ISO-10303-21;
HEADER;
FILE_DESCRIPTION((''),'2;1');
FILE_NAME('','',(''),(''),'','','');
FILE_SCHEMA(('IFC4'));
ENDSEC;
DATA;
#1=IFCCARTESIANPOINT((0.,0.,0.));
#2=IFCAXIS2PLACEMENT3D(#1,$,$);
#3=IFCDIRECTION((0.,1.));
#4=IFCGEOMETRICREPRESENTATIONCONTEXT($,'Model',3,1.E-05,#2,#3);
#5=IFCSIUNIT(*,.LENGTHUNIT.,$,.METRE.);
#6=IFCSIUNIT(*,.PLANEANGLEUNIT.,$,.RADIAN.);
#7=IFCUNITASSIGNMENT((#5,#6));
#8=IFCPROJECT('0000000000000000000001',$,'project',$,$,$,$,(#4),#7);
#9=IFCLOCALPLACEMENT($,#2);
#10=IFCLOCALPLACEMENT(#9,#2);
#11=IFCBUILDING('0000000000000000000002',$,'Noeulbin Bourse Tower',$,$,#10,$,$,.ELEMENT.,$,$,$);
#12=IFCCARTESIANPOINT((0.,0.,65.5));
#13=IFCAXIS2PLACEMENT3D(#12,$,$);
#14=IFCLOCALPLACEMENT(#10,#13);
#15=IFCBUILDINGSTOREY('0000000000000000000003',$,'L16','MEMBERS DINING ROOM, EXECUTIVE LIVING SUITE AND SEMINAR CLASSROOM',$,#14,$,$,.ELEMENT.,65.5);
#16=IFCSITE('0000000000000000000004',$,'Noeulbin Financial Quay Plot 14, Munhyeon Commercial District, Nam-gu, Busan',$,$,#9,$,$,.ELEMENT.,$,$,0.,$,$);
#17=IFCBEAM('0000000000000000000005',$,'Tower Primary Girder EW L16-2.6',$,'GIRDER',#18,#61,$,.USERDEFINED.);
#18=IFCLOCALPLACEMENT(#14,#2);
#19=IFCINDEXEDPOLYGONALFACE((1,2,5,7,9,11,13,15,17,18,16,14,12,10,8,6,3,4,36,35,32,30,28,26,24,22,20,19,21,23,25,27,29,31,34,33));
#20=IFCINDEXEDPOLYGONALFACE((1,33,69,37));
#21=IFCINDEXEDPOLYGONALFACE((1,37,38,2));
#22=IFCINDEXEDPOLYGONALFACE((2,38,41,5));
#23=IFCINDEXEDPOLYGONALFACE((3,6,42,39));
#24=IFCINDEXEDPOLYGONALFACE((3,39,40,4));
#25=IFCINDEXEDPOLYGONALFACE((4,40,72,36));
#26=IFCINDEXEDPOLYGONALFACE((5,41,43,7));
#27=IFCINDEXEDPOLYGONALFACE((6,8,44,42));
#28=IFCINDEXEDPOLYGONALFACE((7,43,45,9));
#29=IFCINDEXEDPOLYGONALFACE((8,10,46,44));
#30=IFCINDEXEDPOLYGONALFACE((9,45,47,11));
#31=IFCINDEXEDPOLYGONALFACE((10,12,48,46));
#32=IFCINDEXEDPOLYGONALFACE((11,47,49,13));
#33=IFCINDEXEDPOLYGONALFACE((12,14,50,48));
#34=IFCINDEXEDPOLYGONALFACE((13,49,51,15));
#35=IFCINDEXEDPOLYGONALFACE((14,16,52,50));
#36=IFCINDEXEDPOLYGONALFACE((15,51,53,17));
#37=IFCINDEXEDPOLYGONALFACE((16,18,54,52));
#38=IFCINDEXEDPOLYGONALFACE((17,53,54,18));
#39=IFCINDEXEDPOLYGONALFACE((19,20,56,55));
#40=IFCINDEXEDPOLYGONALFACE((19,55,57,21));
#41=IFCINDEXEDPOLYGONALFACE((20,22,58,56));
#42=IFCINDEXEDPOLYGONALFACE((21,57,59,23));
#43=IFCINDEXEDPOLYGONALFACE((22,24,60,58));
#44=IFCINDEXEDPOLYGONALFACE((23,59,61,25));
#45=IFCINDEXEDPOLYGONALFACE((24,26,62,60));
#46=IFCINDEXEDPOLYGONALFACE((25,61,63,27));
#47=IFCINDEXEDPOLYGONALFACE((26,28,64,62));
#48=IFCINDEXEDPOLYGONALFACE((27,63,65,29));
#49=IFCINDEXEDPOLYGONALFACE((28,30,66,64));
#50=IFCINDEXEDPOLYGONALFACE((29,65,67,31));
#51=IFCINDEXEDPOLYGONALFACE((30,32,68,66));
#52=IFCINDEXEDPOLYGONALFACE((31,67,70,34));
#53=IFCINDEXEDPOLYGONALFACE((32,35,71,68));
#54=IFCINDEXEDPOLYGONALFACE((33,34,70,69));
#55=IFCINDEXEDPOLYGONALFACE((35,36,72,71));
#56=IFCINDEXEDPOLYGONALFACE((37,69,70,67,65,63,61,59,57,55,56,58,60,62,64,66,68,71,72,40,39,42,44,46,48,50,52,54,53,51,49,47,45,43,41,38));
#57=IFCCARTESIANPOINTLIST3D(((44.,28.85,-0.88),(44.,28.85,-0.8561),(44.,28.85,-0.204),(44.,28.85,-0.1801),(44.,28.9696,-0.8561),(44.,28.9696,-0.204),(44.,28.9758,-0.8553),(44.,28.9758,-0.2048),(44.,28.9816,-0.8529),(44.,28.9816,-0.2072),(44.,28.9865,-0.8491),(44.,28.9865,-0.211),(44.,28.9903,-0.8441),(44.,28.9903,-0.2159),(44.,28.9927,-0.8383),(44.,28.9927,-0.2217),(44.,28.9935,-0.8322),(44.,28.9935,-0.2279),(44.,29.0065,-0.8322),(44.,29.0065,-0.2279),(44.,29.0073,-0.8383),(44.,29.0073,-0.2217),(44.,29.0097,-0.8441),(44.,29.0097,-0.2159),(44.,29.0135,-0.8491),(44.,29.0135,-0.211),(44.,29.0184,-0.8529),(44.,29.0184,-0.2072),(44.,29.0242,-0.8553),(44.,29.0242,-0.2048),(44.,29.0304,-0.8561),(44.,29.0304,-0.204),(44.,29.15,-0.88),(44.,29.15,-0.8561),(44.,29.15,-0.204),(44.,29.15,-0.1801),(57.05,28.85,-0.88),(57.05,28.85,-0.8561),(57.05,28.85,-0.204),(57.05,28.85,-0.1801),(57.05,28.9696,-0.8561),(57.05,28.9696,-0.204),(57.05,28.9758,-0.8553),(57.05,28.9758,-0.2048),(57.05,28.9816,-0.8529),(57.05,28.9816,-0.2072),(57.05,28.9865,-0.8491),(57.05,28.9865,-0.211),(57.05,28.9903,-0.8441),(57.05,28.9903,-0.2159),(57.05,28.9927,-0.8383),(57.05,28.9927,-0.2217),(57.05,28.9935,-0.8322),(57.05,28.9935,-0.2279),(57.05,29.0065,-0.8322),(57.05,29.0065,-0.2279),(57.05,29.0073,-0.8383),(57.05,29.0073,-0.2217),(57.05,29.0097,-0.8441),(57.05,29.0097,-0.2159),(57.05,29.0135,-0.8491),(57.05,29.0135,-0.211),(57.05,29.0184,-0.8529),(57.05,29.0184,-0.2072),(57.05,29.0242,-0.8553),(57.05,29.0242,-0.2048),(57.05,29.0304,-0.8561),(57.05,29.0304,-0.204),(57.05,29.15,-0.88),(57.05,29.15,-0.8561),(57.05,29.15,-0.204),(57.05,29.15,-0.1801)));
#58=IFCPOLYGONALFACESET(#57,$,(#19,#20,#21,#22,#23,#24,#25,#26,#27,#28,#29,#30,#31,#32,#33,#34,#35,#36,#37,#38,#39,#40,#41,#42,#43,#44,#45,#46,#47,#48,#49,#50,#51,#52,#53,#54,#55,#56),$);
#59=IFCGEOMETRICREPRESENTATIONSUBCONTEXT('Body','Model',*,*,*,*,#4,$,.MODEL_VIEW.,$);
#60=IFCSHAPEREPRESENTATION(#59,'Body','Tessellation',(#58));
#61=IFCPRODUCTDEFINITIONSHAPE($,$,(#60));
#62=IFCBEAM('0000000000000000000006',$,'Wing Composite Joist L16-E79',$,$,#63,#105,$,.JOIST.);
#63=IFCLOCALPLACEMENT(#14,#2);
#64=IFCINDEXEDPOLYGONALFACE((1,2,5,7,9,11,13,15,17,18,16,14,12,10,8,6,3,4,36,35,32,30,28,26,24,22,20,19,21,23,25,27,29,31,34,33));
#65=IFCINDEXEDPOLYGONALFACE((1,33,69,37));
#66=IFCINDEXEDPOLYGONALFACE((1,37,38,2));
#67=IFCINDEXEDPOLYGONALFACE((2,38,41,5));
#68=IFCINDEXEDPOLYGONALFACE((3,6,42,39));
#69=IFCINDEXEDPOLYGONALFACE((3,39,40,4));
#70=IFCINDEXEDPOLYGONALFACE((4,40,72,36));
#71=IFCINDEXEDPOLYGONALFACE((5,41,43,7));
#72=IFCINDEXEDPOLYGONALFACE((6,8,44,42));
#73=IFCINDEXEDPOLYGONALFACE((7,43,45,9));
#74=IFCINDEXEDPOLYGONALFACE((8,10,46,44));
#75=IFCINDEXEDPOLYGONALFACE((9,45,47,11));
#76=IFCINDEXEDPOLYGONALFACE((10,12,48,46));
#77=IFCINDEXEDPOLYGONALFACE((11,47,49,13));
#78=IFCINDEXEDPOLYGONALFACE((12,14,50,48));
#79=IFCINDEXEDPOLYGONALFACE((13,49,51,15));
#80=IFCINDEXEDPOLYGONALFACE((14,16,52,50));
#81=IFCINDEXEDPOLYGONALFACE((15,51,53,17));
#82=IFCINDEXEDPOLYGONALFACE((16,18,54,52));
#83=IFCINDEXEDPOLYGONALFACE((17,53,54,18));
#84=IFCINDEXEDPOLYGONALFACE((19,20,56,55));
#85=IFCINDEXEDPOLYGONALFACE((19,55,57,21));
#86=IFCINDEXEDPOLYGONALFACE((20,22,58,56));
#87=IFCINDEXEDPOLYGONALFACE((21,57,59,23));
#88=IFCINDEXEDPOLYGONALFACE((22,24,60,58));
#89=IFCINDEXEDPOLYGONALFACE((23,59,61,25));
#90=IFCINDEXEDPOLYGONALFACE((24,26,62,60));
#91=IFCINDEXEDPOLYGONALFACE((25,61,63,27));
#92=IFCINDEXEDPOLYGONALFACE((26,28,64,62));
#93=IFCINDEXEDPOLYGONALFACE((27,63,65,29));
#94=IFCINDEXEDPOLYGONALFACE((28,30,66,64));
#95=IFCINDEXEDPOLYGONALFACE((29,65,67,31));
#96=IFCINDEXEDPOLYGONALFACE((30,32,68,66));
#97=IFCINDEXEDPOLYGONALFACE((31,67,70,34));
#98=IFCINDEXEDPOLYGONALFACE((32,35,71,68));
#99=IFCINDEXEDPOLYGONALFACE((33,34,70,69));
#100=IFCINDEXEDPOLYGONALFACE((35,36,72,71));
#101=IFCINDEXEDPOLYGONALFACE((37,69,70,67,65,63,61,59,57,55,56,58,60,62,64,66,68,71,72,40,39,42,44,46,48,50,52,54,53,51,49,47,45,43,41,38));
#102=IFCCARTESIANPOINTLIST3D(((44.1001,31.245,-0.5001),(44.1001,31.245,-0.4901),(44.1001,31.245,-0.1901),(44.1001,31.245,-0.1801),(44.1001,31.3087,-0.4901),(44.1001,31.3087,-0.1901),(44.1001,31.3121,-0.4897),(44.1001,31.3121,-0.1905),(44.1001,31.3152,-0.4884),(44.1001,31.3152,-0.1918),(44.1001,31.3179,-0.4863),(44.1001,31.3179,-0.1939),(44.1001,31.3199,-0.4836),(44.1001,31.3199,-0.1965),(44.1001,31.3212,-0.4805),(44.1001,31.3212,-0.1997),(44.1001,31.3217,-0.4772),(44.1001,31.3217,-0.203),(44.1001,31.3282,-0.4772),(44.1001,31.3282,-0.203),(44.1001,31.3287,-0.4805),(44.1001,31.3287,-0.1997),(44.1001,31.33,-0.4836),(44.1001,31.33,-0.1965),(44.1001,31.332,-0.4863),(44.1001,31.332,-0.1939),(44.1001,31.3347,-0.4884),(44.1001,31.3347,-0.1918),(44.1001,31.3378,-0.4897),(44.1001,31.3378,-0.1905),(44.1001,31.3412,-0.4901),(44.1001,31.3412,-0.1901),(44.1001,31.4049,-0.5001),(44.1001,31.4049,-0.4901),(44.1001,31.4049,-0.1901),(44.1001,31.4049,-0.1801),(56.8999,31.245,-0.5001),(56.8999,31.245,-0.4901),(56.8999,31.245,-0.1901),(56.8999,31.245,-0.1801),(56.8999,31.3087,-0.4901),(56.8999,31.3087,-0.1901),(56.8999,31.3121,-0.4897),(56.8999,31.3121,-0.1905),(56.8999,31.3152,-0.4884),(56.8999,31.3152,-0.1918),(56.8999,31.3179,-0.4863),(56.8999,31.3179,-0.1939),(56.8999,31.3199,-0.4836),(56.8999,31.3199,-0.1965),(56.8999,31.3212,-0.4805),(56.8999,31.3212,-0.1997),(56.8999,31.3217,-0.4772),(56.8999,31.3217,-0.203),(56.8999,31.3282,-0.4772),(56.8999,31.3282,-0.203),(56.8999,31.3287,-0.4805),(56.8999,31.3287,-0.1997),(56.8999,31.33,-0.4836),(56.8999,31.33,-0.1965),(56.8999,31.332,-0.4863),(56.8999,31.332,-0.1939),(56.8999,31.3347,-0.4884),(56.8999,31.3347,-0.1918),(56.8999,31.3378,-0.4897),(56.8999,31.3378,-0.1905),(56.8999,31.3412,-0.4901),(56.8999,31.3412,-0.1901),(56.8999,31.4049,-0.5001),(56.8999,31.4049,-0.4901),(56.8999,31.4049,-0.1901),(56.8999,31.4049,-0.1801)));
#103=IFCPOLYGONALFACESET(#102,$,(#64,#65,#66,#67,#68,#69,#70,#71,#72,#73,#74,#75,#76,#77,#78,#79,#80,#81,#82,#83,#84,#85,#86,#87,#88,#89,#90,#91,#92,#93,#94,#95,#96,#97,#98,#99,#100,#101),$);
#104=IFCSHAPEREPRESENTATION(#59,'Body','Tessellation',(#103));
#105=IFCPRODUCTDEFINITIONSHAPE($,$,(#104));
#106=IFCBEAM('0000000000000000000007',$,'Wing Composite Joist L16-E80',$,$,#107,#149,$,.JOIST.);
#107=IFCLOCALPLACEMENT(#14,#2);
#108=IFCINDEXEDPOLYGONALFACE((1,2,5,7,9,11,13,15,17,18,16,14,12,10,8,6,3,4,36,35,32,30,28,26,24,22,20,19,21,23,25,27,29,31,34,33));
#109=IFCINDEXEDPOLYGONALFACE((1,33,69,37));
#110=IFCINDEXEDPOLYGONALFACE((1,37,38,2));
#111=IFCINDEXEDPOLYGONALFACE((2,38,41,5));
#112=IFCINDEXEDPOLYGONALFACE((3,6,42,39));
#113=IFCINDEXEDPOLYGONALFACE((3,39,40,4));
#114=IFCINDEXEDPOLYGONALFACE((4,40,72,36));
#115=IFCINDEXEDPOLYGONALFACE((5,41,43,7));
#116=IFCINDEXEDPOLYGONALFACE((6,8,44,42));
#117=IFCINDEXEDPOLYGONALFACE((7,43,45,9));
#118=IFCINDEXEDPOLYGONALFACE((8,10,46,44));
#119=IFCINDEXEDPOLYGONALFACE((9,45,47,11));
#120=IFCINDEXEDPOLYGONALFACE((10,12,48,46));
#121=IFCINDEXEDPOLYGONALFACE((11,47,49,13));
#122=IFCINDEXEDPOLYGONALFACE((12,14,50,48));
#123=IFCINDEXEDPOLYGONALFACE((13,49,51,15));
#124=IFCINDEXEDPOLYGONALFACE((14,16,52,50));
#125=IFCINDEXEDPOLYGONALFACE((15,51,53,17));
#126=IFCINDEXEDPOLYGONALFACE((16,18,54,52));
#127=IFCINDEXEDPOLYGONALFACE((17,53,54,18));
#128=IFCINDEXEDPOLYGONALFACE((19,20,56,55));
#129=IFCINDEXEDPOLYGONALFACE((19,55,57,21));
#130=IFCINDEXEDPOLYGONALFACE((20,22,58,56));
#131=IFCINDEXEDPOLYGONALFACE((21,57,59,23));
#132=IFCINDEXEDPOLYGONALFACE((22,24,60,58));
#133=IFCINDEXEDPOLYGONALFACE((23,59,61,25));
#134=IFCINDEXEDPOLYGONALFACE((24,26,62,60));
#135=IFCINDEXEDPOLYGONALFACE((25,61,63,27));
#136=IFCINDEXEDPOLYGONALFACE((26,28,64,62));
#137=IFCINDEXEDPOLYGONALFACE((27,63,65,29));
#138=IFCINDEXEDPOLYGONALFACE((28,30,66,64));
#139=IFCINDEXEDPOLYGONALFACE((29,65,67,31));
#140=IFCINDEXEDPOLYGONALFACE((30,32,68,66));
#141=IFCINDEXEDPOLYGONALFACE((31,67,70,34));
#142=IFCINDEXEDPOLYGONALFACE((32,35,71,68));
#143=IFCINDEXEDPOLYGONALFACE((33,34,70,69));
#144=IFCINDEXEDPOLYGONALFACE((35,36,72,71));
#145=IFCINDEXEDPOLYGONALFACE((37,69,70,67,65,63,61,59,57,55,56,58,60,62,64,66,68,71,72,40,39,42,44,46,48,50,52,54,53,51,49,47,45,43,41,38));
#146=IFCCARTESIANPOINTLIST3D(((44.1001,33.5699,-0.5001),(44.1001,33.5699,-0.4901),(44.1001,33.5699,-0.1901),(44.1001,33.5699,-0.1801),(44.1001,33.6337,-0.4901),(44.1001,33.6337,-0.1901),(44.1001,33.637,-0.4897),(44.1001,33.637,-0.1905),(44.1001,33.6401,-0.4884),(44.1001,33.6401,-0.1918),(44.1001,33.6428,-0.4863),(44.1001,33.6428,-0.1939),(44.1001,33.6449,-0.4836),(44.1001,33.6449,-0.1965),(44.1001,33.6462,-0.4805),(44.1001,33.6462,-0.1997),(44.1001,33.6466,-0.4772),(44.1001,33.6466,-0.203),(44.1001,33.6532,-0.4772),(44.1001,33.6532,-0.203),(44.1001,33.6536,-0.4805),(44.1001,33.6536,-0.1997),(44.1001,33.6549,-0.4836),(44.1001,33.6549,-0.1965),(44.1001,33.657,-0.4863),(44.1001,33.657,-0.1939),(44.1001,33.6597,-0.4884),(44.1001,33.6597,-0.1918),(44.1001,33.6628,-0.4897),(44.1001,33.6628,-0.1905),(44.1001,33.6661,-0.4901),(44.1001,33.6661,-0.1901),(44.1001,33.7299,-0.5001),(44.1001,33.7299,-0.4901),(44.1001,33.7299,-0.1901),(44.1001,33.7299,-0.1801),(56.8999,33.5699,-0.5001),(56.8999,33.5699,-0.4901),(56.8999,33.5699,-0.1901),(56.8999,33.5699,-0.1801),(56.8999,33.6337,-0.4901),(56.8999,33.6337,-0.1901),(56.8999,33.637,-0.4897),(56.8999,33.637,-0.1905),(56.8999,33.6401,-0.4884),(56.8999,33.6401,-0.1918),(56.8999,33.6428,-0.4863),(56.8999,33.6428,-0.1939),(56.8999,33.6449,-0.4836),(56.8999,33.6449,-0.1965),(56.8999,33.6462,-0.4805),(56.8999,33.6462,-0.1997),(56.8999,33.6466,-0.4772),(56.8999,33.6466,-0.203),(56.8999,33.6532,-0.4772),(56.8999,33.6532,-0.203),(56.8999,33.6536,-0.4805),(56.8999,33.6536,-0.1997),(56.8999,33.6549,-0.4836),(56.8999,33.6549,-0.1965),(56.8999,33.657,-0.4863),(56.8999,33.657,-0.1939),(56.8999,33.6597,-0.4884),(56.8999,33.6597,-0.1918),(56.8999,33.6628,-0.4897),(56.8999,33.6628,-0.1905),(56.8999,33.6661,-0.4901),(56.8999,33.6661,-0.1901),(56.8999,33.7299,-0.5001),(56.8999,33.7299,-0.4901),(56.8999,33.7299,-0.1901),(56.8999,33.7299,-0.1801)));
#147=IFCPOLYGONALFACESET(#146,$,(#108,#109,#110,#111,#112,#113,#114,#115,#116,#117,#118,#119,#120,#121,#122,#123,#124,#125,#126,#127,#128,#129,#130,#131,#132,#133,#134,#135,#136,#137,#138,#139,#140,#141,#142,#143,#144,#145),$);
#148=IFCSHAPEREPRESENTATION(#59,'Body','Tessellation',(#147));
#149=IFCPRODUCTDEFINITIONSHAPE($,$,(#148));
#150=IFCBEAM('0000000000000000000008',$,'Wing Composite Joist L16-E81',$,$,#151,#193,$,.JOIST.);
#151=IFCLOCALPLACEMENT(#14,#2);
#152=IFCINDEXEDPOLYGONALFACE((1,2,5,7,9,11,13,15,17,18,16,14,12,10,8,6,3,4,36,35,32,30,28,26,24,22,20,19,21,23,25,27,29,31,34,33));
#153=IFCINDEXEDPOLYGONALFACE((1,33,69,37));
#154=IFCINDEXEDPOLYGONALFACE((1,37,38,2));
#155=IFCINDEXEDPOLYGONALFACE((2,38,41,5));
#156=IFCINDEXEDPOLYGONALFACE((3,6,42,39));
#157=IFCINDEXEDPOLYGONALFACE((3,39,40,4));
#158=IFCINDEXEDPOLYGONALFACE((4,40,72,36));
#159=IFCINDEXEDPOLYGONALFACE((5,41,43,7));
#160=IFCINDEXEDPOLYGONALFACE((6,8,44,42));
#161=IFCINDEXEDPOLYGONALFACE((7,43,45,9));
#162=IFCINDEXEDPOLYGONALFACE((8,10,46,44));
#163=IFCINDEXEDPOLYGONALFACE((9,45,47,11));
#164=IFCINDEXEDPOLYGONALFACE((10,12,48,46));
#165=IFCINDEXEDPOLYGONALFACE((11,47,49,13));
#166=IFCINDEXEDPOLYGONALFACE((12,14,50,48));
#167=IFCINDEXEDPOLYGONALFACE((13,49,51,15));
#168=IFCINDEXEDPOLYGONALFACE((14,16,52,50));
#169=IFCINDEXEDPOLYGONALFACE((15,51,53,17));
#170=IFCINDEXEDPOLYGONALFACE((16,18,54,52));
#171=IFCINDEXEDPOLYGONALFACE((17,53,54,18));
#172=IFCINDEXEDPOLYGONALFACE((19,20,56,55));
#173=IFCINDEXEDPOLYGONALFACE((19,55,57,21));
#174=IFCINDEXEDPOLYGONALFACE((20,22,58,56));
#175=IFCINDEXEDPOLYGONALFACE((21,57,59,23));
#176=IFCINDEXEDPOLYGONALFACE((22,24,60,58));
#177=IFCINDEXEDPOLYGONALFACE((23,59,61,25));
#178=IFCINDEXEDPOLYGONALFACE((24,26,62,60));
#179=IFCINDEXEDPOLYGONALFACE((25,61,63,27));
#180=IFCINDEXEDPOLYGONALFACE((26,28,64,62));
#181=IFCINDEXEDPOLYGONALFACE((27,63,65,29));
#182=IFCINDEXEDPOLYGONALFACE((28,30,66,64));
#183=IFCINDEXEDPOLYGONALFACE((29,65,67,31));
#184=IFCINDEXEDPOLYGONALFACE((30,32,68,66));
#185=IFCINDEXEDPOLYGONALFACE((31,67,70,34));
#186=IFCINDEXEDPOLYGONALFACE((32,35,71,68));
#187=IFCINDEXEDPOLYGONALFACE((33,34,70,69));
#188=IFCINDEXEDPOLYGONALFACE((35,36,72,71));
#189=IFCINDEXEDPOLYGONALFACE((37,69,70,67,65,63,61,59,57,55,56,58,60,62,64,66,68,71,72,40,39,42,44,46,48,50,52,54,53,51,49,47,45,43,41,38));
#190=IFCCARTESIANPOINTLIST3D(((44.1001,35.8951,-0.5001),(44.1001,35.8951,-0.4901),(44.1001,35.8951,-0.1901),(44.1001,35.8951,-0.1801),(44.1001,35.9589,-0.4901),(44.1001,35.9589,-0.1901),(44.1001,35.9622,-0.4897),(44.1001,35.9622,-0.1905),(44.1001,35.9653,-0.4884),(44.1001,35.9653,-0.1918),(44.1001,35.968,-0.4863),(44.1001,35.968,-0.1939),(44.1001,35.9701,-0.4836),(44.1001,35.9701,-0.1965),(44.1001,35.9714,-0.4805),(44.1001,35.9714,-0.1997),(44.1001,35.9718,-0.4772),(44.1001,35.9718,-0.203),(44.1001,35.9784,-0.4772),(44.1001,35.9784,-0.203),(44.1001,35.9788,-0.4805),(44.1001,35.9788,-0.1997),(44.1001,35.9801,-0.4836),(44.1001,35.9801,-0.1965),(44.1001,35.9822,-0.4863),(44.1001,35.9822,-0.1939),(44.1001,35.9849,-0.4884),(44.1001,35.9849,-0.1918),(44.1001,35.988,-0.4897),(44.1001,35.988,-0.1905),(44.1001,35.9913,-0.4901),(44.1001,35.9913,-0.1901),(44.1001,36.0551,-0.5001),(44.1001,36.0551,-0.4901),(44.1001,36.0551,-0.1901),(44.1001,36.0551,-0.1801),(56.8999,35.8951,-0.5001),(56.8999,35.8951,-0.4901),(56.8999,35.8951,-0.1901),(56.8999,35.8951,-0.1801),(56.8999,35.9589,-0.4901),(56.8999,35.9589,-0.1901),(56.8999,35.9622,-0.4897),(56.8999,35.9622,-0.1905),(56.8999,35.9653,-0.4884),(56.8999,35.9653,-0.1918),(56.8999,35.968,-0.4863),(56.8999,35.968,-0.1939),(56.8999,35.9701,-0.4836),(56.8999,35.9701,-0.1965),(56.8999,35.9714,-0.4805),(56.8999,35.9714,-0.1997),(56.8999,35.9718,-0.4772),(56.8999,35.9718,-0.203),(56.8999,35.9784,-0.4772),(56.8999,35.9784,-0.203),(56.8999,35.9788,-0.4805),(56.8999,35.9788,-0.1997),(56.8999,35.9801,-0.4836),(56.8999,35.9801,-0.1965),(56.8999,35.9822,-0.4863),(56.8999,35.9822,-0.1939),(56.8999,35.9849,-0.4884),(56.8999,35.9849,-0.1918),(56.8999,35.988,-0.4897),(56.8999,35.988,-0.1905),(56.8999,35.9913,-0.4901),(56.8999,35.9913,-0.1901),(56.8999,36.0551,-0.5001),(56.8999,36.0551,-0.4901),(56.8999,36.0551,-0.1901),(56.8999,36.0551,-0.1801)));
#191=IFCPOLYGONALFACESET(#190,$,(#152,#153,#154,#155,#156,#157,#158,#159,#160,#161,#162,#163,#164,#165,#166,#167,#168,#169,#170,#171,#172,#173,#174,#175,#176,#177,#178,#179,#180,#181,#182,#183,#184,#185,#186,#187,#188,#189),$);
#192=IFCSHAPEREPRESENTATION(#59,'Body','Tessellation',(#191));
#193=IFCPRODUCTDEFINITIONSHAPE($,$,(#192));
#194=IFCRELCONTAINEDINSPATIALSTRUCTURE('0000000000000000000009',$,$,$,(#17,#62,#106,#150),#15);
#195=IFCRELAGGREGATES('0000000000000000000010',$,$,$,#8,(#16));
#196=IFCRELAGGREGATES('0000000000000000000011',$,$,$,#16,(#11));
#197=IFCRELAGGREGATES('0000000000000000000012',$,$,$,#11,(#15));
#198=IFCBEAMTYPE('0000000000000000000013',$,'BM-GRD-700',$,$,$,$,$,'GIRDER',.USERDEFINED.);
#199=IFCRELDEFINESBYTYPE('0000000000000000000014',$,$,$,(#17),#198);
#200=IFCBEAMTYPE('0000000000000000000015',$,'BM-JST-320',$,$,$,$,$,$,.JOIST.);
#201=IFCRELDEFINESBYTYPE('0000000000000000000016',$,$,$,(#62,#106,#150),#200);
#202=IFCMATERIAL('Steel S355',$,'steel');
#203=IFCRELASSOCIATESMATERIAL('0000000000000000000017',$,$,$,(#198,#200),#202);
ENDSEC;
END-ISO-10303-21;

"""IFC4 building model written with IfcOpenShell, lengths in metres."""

from ifc_helpers import new_model, si_unit, direction, frame, origin, origin_2d, place, context, subcontext, project, spatial, i_section, extrude, material, material_profile, profile_set, type_object, element, save


model = new_model("IFC4")

# Units and contexts
model_context = context("Model", 3, precision=1e-05, world=origin(), true_north=direction((0.0, 1.0)))
body_context = subcontext(model_context, "Body", "Model", "MODEL_VIEW")
ifc_project = project(units=[si_unit("LENGTHUNIT", "METRE"), si_unit("PLANEANGLEUNIT", "RADIAN")], contexts=[model_context])

# Site, building, storey
site_placement = place(None, origin())
site = spatial("IfcSite", under=ifc_project, at=site_placement, Name="Noeulbin Financial Quay Plot 14, Munhyeon Commercial District, Nam-gu, Busan", CompositionType="ELEMENT", RefElevation=0.0)
building_placement = place(site_placement, origin())
building = spatial("IfcBuilding", under=site, at=building_placement, Name="Noeulbin Bourse Tower", CompositionType="ELEMENT")
storey_placement = place(building_placement, frame((0.0, 0.0, 65.5)))
storey = spatial("IfcBuildingStorey", under=building, at=storey_placement, Name="L16", Description="MEMBERS DINING ROOM, EXECUTIVE LIVING SUITE AND SEMINAR CLASSROOM", CompositionType="ELEMENT", Elevation=65.5)

# Beams
ifc_material_1 = material(Name="Steel S355", Category="steel")
ifc_material_profile_1 = material_profile(ifc_material_1, i_section(OverallWidth=0.3, OverallDepth=0.7, WebThickness=0.0129, FlangeThickness=0.0239, FilletRadius=0.0239, at=origin_2d()), Name="H-700x300x13x24", Category="LoadBearing")
ifc_profile_set_1 = profile_set([ifc_material_profile_1], Name="Steel S355")
beam_type_1 = type_object("IfcBeamType", Name="BM-GRD-700", ElementType="GIRDER", PredefinedType="USERDEFINED", material=ifc_profile_set_1)
beam_1_placement = place(storey_placement, frame((44.0, 29.0, -0.53), z_axis=(1.0, 0.0, 0.0), x_axis=(0.0, 1.0, 0.0)))
element("IfcBeam", 1, at=beam_1_placement, inside=storey, type_object=beam_type_1, Name="Tower Primary Girder EW L16-2.6", ObjectType="GIRDER", PredefinedType="USERDEFINED", context=body_context, shape_type="SweptSolid", body=[
    extrude(i_section(OverallWidth=0.3, OverallDepth=0.7, WebThickness=0.0129, FlangeThickness=0.0239, FilletRadius=0.0239, at=origin_2d()), origin(), (0.0, 0.0, 1.0), 13.05),
])
ifc_material_profile_2 = material_profile(ifc_material_1, i_section(OverallWidth=0.1599, OverallDepth=0.3201, WebThickness=0.0066, FlangeThickness=0.01, FilletRadius=0.0129, at=origin_2d()), Name="H-320x160x6.5x10", Category="LoadBearing")
ifc_profile_set_2 = profile_set([ifc_material_profile_2], Name="Steel S355")
beam_type_2 = type_object("IfcBeamType", Name="BM-JST-320", PredefinedType="JOIST", material=ifc_profile_set_2)
for number, where, z_axis, x_axis, name in (
    (2, (44.1001, 31.325, -0.3401), (1.0, 0.0, 0.0), (0.0, 1.0, 0.0), "Wing Composite Joist L16-E79"),
    (3, (44.1001, 33.6499, -0.3401), (1.0, 0.0, 0.0), (0.0, 1.0, 0.0), "Wing Composite Joist L16-E80"),
    (4, (44.1001, 35.9751, -0.3401), (1.0, 0.0, 0.0), (0.0, 1.0, 0.0), "Wing Composite Joist L16-E81"),
):
    element("IfcBeam", number, at=place(storey_placement, frame(where, z_axis=z_axis, x_axis=x_axis)), inside=storey, type_object=beam_type_2, Name=name, PredefinedType="JOIST", context=body_context, shape_type="SweptSolid", body=[
        extrude(i_section(OverallWidth=0.1599, OverallDepth=0.3201, WebThickness=0.0066, FlangeThickness=0.01, FilletRadius=0.0129, at=origin_2d()), origin(), (0.0, 0.0, 1.0), 12.7998),
    ])

save(model, "model.ifc")
